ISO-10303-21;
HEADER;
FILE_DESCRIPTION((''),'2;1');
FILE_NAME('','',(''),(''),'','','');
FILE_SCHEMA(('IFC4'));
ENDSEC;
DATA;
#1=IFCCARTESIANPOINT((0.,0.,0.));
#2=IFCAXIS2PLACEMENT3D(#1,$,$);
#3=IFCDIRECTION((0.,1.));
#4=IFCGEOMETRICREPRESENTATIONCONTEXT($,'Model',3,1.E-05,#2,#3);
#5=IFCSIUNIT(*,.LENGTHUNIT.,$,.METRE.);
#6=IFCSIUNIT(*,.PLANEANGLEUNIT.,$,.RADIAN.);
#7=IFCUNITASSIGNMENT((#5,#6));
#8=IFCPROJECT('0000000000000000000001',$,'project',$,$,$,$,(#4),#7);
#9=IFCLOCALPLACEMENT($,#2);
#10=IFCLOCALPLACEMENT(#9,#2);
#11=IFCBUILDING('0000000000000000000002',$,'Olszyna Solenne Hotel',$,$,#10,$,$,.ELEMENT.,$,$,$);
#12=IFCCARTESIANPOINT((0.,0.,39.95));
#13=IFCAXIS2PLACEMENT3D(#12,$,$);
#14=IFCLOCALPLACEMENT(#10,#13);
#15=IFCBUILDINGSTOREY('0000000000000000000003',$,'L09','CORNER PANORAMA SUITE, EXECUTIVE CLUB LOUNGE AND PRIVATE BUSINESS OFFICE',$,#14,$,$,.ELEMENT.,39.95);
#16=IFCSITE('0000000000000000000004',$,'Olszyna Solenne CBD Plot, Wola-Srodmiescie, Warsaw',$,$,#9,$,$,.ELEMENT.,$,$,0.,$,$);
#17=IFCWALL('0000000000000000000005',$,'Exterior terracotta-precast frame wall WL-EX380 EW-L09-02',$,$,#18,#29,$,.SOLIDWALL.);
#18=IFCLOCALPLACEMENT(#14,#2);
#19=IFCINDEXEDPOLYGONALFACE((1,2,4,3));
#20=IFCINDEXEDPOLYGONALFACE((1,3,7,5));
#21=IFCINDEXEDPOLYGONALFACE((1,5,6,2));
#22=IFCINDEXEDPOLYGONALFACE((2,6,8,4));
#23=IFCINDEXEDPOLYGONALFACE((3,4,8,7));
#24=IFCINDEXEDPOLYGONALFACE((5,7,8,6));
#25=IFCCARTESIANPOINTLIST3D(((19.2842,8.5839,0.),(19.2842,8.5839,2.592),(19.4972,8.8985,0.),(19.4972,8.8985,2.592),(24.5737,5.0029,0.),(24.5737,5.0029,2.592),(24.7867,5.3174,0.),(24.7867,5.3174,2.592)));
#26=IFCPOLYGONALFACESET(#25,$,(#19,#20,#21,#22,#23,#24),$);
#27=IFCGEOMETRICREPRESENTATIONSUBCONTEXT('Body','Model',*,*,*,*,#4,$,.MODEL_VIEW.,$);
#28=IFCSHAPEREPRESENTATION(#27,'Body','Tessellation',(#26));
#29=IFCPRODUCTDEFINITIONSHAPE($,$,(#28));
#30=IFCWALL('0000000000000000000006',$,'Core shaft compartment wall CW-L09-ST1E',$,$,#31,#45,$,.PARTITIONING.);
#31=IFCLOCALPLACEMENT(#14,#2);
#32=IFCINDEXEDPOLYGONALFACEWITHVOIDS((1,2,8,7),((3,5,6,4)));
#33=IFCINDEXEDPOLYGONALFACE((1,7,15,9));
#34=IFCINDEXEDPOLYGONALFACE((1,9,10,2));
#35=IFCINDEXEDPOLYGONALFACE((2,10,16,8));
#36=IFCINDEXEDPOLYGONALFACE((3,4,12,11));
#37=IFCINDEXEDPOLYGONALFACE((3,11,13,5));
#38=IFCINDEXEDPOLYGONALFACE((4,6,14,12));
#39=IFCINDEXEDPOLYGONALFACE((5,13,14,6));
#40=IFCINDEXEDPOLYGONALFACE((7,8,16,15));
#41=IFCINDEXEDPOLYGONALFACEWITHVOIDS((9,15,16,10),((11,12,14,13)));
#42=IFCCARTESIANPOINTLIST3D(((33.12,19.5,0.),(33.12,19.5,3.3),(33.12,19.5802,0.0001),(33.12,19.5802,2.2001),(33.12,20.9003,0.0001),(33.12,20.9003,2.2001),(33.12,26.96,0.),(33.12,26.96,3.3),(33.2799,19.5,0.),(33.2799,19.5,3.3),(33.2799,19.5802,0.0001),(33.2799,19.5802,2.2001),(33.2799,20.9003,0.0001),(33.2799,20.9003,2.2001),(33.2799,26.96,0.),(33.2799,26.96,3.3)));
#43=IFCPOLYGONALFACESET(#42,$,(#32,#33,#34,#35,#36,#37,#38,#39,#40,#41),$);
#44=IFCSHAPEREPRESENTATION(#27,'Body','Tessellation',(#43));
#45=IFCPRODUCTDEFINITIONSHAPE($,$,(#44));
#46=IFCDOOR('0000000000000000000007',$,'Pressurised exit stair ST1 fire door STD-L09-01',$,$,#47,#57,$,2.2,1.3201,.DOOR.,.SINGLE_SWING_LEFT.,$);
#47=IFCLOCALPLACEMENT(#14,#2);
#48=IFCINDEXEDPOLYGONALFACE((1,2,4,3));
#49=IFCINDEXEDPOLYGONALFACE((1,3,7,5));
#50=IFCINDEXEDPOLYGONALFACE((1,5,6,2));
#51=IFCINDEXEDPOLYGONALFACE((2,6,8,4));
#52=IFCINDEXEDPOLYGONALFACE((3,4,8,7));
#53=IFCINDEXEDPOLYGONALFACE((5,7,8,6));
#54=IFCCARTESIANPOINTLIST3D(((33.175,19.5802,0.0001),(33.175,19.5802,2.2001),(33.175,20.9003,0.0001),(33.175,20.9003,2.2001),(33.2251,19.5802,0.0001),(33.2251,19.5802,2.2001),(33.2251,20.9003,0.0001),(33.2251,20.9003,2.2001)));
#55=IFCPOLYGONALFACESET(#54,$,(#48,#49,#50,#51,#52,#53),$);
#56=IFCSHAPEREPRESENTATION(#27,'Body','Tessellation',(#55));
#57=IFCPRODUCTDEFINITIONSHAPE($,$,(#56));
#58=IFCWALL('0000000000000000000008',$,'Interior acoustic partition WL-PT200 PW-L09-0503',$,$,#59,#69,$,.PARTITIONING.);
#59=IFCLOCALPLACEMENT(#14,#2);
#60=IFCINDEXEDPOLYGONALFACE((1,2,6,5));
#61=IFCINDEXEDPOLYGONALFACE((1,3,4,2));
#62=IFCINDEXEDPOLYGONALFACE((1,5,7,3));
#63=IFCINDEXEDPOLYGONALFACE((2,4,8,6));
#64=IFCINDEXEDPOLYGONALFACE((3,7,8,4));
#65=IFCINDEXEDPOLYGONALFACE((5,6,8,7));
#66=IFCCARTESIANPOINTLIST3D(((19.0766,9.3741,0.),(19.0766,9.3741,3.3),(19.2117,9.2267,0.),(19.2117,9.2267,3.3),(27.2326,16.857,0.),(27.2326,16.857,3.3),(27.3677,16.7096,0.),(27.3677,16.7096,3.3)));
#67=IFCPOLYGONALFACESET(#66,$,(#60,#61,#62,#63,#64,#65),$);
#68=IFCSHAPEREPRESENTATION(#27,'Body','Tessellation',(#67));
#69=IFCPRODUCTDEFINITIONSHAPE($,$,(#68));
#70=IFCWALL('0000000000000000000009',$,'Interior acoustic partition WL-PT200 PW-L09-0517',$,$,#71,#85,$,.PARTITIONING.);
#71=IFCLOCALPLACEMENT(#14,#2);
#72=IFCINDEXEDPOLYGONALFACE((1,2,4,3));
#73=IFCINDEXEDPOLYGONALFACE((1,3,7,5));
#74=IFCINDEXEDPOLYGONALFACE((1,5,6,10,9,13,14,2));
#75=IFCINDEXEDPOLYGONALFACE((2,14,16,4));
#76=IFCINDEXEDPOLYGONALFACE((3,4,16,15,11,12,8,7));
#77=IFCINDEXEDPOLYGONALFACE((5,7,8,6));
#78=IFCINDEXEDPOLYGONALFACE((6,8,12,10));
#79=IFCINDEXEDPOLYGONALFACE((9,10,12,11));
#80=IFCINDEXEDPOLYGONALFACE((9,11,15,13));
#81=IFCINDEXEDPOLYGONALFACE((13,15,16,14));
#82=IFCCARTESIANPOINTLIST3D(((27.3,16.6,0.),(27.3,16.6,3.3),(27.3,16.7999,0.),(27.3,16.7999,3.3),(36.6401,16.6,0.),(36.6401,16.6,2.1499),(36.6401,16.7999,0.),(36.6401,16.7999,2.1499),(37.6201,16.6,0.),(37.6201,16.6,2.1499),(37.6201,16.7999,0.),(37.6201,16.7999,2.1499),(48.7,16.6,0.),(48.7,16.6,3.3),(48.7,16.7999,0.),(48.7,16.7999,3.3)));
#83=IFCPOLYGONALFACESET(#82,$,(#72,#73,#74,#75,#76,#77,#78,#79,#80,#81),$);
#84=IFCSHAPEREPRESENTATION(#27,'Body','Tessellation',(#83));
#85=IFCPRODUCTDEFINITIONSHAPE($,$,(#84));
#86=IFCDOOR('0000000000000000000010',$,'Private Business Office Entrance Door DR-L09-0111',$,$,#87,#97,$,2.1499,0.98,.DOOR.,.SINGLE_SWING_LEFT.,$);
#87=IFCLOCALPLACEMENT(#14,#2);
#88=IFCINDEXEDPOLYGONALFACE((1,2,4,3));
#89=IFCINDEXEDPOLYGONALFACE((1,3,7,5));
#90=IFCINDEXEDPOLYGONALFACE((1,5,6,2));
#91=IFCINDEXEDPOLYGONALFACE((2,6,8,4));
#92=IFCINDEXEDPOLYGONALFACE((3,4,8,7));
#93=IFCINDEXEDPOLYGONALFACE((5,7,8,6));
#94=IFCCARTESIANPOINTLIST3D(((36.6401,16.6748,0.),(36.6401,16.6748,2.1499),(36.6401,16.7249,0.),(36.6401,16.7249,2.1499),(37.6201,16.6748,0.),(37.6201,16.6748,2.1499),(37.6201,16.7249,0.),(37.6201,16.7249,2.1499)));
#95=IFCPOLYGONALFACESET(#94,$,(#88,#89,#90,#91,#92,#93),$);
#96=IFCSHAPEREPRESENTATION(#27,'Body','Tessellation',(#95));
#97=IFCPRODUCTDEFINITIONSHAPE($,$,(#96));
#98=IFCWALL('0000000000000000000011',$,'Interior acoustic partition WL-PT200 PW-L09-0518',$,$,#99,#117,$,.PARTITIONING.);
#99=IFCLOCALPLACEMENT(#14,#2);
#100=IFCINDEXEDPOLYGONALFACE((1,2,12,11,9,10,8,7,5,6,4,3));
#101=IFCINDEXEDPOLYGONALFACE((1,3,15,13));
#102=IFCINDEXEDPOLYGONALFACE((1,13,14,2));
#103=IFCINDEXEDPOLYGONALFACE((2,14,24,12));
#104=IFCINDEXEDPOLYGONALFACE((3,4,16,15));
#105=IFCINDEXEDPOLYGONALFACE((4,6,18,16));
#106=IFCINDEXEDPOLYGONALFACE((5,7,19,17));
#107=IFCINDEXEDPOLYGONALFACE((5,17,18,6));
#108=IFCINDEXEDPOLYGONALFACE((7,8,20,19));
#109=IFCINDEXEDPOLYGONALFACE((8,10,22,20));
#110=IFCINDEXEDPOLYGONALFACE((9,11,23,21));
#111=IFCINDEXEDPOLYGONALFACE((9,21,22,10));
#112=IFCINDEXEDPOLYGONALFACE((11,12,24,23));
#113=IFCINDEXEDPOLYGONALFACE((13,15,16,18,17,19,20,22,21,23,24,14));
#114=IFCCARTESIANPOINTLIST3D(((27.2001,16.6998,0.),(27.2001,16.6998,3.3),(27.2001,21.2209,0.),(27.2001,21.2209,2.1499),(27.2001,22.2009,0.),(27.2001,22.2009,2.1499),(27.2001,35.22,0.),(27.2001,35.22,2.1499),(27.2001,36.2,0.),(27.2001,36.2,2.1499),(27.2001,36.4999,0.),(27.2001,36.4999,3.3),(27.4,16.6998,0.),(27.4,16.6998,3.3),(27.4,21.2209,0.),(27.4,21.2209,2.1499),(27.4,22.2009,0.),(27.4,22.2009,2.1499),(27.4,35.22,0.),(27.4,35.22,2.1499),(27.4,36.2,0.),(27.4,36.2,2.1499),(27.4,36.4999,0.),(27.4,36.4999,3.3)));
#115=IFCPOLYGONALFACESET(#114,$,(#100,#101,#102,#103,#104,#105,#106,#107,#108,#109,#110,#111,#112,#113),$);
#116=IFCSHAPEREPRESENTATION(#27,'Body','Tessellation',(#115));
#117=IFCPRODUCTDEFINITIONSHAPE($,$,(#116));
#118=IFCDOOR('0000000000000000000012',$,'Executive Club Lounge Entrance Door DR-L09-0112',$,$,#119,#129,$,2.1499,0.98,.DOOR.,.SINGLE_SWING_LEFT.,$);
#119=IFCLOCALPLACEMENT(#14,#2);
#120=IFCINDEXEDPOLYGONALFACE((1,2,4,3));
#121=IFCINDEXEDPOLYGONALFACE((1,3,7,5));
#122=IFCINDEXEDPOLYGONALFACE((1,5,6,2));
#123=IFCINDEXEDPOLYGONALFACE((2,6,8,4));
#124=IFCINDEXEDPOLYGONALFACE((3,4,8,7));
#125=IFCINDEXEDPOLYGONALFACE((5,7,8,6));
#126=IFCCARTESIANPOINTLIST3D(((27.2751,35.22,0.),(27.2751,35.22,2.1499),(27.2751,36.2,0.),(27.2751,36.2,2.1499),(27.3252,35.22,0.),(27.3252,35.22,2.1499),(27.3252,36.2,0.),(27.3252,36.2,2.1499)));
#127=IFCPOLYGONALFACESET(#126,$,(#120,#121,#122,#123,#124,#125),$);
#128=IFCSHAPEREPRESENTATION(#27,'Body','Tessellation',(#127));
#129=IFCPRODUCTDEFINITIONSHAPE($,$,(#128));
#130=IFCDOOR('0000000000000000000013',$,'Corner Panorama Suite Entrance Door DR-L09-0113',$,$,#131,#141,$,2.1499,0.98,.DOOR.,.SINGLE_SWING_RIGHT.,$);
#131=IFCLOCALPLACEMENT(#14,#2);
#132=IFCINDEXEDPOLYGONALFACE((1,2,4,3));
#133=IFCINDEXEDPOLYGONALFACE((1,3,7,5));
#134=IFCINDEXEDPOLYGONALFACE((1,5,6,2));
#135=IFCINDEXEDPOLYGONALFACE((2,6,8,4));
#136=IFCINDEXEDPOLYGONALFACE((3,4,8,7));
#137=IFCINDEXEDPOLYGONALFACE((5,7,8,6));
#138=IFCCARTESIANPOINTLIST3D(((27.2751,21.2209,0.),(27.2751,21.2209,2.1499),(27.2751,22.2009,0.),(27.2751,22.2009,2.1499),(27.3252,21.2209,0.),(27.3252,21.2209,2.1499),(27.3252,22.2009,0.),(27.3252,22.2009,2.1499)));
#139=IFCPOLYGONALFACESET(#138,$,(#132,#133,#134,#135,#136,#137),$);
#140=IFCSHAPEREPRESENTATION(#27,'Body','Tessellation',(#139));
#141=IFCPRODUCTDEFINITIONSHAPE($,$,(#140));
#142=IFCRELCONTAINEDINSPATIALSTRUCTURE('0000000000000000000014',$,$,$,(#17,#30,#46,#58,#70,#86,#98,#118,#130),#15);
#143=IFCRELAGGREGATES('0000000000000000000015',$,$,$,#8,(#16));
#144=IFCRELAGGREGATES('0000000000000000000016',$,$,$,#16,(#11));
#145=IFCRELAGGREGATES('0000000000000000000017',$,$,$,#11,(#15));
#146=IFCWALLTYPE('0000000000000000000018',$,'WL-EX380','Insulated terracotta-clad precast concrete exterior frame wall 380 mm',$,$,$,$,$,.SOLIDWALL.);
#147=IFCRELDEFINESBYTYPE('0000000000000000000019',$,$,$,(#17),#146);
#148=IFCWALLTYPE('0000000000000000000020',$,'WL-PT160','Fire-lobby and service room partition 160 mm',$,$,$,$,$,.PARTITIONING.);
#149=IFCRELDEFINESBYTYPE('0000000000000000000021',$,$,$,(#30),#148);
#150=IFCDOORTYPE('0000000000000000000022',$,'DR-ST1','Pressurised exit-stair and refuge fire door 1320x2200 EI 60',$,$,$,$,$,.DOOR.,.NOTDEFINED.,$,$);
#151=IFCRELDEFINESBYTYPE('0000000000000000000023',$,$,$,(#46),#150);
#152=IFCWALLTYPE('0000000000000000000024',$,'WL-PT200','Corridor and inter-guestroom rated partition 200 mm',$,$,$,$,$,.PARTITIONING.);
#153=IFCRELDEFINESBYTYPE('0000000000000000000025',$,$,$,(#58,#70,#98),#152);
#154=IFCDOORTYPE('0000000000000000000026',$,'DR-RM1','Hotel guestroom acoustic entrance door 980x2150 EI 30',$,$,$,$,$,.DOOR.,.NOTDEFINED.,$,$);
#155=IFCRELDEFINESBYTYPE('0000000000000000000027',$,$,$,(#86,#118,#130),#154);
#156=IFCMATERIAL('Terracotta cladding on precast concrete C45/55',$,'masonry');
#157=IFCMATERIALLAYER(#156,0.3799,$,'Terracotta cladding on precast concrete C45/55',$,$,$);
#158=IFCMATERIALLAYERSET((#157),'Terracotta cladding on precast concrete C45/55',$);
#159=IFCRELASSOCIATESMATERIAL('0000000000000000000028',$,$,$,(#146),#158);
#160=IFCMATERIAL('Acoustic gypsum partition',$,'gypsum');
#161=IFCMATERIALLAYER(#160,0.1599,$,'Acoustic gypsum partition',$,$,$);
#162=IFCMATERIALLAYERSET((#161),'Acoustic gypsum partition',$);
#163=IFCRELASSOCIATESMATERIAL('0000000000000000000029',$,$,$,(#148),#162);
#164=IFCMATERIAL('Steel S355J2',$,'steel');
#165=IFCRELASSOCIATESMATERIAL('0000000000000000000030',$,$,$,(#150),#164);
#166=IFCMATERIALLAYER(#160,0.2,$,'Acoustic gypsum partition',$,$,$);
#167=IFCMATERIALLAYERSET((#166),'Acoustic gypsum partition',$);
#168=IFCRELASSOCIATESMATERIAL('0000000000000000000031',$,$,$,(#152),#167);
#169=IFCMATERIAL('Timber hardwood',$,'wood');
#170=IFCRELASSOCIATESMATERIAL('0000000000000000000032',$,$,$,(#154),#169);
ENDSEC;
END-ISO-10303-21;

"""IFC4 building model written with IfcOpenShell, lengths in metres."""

from ifc_helpers import new_model, si_unit, direction, frame, frame_2d, origin, place, context, subcontext, project, spatial, rectangle, extrude, source, transform, mapped, material, layer, layer_set, type_object, type_shapes, element, fill, save


model = new_model("IFC4")

# Units and contexts
model_context = context("Model", 3, precision=1e-05, world=origin(), true_north=direction((0.0, 1.0)))
body_context = subcontext(model_context, "Body", "Model", "MODEL_VIEW")
ifc_project = project(units=[si_unit("LENGTHUNIT", "METRE"), si_unit("PLANEANGLEUNIT", "RADIAN")], contexts=[model_context])

# Site, building, storey
site_placement = place(None, origin())
site = spatial("IfcSite", under=ifc_project, at=site_placement, Name="Olszyna Solenne CBD Plot, Wola-Srodmiescie, Warsaw", CompositionType="ELEMENT", RefElevation=0.0)
building_placement = place(site_placement, origin())
building = spatial("IfcBuilding", under=site, at=building_placement, Name="Olszyna Solenne Hotel", CompositionType="ELEMENT")
storey_placement = place(building_placement, frame((0.0, 0.0, 39.95)))
storey = spatial("IfcBuildingStorey", under=building, at=storey_placement, Name="L09", Description="CORNER PANORAMA SUITE, EXECUTIVE CLUB LOUNGE AND PRIVATE BUSINESS OFFICE", CompositionType="ELEMENT", Elevation=39.95)

# Shared definitions
ifc_material_1 = material(Name="Steel S355J2", Category="steel")

# Shared definitions
ifc_material_2 = material(Name="Timber hardwood", Category="wood")

# Wall
ifc_material_3 = material(Name="Terracotta cladding on precast concrete C45/55", Category="masonry")
ifc_layer_1 = layer(ifc_material_3, 0.3799, Name="Terracotta cladding on precast concrete C45/55")
ifc_layer_set_1 = layer_set([ifc_layer_1], Name="Terracotta cladding on precast concrete C45/55")
wall_type_1 = type_object("IfcWallType", Name="WL-EX380", Description="Insulated terracotta-clad precast concrete exterior frame wall 380 mm", PredefinedType="SOLIDWALL", material=ifc_layer_set_1)
wall_1_placement = place(storey_placement, frame((24.6802, 5.1602, 0.0), z_axis=(0.0, 0.0, 1.0), x_axis=(-0.828078, 0.560613, 0.0)))
element("IfcWall", 1, at=wall_1_placement, inside=storey, type_object=wall_type_1, Name="Exterior terracotta-precast frame wall WL-EX380 EW-L09-02", PredefinedType="SOLIDWALL", context=body_context, shape_type="SweptSolid", body=[
    extrude(rectangle(XDim=6.3877, YDim=0.3799, at=frame_2d((3.1938, 0.0))), origin(), (0.0, 0.0, 1.0), 2.592),
])

# Wall, opening, door
ifc_material_4 = material(Name="Acoustic gypsum partition", Category="gypsum")
ifc_layer_2 = layer(ifc_material_4, 0.1599, Name="Acoustic gypsum partition")
ifc_layer_set_2 = layer_set([ifc_layer_2], Name="Acoustic gypsum partition")
wall_type_2 = type_object("IfcWallType", Name="WL-PT160", Description="Fire-lobby and service room partition 160 mm", PredefinedType="PARTITIONING", material=ifc_layer_set_2)
wall_2_placement = place(storey_placement, frame((33.2, 19.5, 0.0), z_axis=(0.0, 0.0, 1.0), x_axis=(0.0, 1.0, 0.0)))
wall_2 = element("IfcWall", 2, at=wall_2_placement, inside=storey, type_object=wall_type_2, Name="Core shaft compartment wall CW-L09-ST1E", PredefinedType="PARTITIONING", context=body_context, shape_type="SweptSolid", body=[
    extrude(rectangle(XDim=7.46, YDim=0.1599, at=frame_2d((3.73, 0.0))), origin(), (0.0, 0.0, 1.0), 3.3),
])
opening_1_placement = place(wall_2_placement, frame((0.0801, 0.0, 0.0)))
opening_1 = element("IfcOpeningElement", 3, at=opening_1_placement, cuts=wall_2, PredefinedType="OPENING", context=body_context, shape_type="SweptSolid", body=[
    extrude(rectangle(XDim=1.3201, YDim=2.2, at=frame_2d((0.6602, 1.1001))), frame((0.0, 0.0898, 0.0), z_axis=(0.0, -1.0, 0.0), x_axis=(1.0, 0.0, 0.0)), (0.0, 0.0, 1.0), 0.1799),
])
door_type_1 = type_object("IfcDoorType", Name="DR-ST1", Description="Pressurised exit-stair and refuge fire door 1320x2200 EI 60", OperationType="NOTDEFINED", PredefinedType="DOOR", material=ifc_material_1)
shared_shape_1 = source(origin(), body_context, "Body", "SweptSolid", [
    extrude(rectangle(XDim=1.3201, YDim=2.2, at=frame_2d((0.6602, 1.1001))), frame((0.0, 0.0249, 0.0), z_axis=(0.0, -1.0, 0.0), x_axis=(1.0, 0.0, 0.0)), (0.0, 0.0, 1.0), 0.05),
])
type_shapes(door_type_1, [shared_shape_1])
door_1_placement = place(opening_1_placement, origin())
door_1 = element("IfcDoor", 4, at=door_1_placement, inside=storey, type_object=door_type_1, Name="Pressurised exit stair ST1 fire door STD-L09-01", OperationType="SINGLE_SWING_LEFT", OverallHeight=2.2, OverallWidth=1.3201, PredefinedType="DOOR", context=body_context, shape_type="MappedRepresentation", body=[
    mapped(shared_shape_1, transform((0.0, 0.0, 0.0), x_axis=(1.0, 0.0, 0.0), y_axis=(0.0, 1.0, 0.0), z_axis=(0.0, 0.0, 1.0), scale=1.0)),
])
fill(opening_1, door_1)

# Wall
ifc_layer_3 = layer(ifc_material_4, 0.2, Name="Acoustic gypsum partition")
ifc_layer_set_3 = layer_set([ifc_layer_3], Name="Acoustic gypsum partition")
wall_type_3 = type_object("IfcWallType", Name="WL-PT200", Description="Corridor and inter-guestroom rated partition 200 mm", PredefinedType="PARTITIONING", material=ifc_layer_set_3)
wall_3_placement = place(storey_placement, frame((27.3, 16.7832, 0.0), z_axis=(0.0, 0.0, 1.0), x_axis=(-0.736858, -0.676047, 0.0)))
element("IfcWall", 5, at=wall_3_placement, inside=storey, type_object=wall_type_3, Name="Interior acoustic partition WL-PT200 PW-L09-0503", PredefinedType="PARTITIONING", context=body_context, shape_type="SweptSolid", body=[
    extrude(rectangle(XDim=11.0686, YDim=0.2, at=frame_2d((5.5342, 0.0))), origin(), (0.0, 0.0, 1.0), 3.3),
])

# Wall, opening, door
wall_4_placement = place(storey_placement, frame((27.3, 16.7, 0.0), z_axis=(0.0, 0.0, 1.0), x_axis=(1.0, 0.0, 0.0)))
wall_4 = element("IfcWall", 6, at=wall_4_placement, inside=storey, type_object=wall_type_3, Name="Interior acoustic partition WL-PT200 PW-L09-0517", PredefinedType="PARTITIONING", context=body_context, shape_type="SweptSolid", body=[
    extrude(rectangle(XDim=21.3999, YDim=0.2, at=frame_2d((10.7, 0.0))), origin(), (0.0, 0.0, 1.0), 3.3),
])
opening_2_placement = place(wall_4_placement, frame((9.3401, 0.0, 0.0)))
opening_2 = element("IfcOpeningElement", 7, at=opening_2_placement, cuts=wall_4, PredefinedType="OPENING", context=body_context, shape_type="SweptSolid", body=[
    extrude(rectangle(XDim=0.98, YDim=2.1499, at=frame_2d((0.49, 1.075))), frame((0.0, 0.1099, 0.0), z_axis=(0.0, -1.0, 0.0), x_axis=(1.0, 0.0, 0.0)), (0.0, 0.0, 1.0), 0.22),
])
door_type_2 = type_object("IfcDoorType", Name="DR-RM1", Description="Hotel guestroom acoustic entrance door 980x2150 EI 30", OperationType="NOTDEFINED", PredefinedType="DOOR", material=ifc_material_2)
shared_shape_2 = source(origin(), body_context, "Body", "SweptSolid", [
    extrude(rectangle(XDim=0.98, YDim=2.1499, at=frame_2d((0.49, 1.075))), frame((0.0, 0.0249, 0.0), z_axis=(0.0, -1.0, 0.0), x_axis=(1.0, 0.0, 0.0)), (0.0, 0.0, 1.0), 0.05),
])
type_shapes(door_type_2, [shared_shape_2])
door_2_placement = place(opening_2_placement, origin())
door_2 = element("IfcDoor", 8, at=door_2_placement, inside=storey, type_object=door_type_2, Name="Private Business Office Entrance Door DR-L09-0111", OperationType="SINGLE_SWING_LEFT", OverallHeight=2.1499, OverallWidth=0.98, PredefinedType="DOOR", context=body_context, shape_type="MappedRepresentation", body=[
    mapped(shared_shape_2, transform((0.0, 0.0, 0.0), x_axis=(1.0, 0.0, 0.0), y_axis=(0.0, 1.0, 0.0), z_axis=(0.0, 0.0, 1.0), scale=1.0)),
])
fill(opening_2, door_2)

# Wall, openings, doors
wall_5_placement = place(storey_placement, frame((27.3, 16.7, 0.0), z_axis=(0.0, 0.0, 1.0), x_axis=(0.0, 1.0, 0.0)))
wall_5 = element("IfcWall", 9, at=wall_5_placement, inside=storey, type_object=wall_type_3, Name="Interior acoustic partition WL-PT200 PW-L09-0518", PredefinedType="PARTITIONING", context=body_context, shape_type="SweptSolid", body=[
    extrude(rectangle(XDim=19.8, YDim=0.2, at=frame_2d((9.8999, 0.0))), origin(), (0.0, 0.0, 1.0), 3.3),
])
opening_3_placement = place(wall_5_placement, frame((18.52, 0.0, 0.0)))
opening_3 = element("IfcOpeningElement", 10, at=opening_3_placement, cuts=wall_5, PredefinedType="OPENING", context=body_context, shape_type="SweptSolid", body=[
    extrude(rectangle(XDim=0.98, YDim=2.1499, at=frame_2d((0.49, 1.075))), frame((0.0, 0.1099, 0.0), z_axis=(0.0, -1.0, 0.0), x_axis=(1.0, 0.0, 0.0)), (0.0, 0.0, 1.0), 0.22),
])
opening_4_placement = place(wall_5_placement, frame((4.521, 0.0, 0.0)))
opening_4 = element("IfcOpeningElement", 11, at=opening_4_placement, cuts=wall_5, PredefinedType="OPENING", context=body_context, shape_type="SweptSolid", body=[
    extrude(rectangle(XDim=0.98, YDim=2.1499, at=frame_2d((0.49, 1.075))), frame((0.0, 0.1099, 0.0), z_axis=(0.0, -1.0, 0.0), x_axis=(1.0, 0.0, 0.0)), (0.0, 0.0, 1.0), 0.22),
])
door_3_placement = place(opening_3_placement, origin())
door_3 = element("IfcDoor", 12, at=door_3_placement, inside=storey, type_object=door_type_2, Name="Executive Club Lounge Entrance Door DR-L09-0112", OperationType="SINGLE_SWING_LEFT", OverallHeight=2.1499, OverallWidth=0.98, PredefinedType="DOOR", context=body_context, shape_type="MappedRepresentation", body=[
    mapped(shared_shape_2, transform((0.0, 0.0, 0.0), x_axis=(1.0, 0.0, 0.0), y_axis=(0.0, 1.0, 0.0), z_axis=(0.0, 0.0, 1.0), scale=1.0)),
])
fill(opening_3, door_3)
door_4_placement = place(opening_4_placement, origin())
door_4 = element("IfcDoor", 13, at=door_4_placement, inside=storey, type_object=door_type_2, Name="Corner Panorama Suite Entrance Door DR-L09-0113", OperationType="SINGLE_SWING_RIGHT", OverallHeight=2.1499, OverallWidth=0.98, PredefinedType="DOOR", context=body_context, shape_type="MappedRepresentation", body=[
    mapped(shared_shape_2, transform((0.0, 0.0, 0.0), x_axis=(1.0, 0.0, 0.0), y_axis=(0.0, 1.0, 0.0), z_axis=(0.0, 0.0, 1.0), scale=1.0)),
])
fill(opening_4, door_4)

save(model, "model.ifc")
